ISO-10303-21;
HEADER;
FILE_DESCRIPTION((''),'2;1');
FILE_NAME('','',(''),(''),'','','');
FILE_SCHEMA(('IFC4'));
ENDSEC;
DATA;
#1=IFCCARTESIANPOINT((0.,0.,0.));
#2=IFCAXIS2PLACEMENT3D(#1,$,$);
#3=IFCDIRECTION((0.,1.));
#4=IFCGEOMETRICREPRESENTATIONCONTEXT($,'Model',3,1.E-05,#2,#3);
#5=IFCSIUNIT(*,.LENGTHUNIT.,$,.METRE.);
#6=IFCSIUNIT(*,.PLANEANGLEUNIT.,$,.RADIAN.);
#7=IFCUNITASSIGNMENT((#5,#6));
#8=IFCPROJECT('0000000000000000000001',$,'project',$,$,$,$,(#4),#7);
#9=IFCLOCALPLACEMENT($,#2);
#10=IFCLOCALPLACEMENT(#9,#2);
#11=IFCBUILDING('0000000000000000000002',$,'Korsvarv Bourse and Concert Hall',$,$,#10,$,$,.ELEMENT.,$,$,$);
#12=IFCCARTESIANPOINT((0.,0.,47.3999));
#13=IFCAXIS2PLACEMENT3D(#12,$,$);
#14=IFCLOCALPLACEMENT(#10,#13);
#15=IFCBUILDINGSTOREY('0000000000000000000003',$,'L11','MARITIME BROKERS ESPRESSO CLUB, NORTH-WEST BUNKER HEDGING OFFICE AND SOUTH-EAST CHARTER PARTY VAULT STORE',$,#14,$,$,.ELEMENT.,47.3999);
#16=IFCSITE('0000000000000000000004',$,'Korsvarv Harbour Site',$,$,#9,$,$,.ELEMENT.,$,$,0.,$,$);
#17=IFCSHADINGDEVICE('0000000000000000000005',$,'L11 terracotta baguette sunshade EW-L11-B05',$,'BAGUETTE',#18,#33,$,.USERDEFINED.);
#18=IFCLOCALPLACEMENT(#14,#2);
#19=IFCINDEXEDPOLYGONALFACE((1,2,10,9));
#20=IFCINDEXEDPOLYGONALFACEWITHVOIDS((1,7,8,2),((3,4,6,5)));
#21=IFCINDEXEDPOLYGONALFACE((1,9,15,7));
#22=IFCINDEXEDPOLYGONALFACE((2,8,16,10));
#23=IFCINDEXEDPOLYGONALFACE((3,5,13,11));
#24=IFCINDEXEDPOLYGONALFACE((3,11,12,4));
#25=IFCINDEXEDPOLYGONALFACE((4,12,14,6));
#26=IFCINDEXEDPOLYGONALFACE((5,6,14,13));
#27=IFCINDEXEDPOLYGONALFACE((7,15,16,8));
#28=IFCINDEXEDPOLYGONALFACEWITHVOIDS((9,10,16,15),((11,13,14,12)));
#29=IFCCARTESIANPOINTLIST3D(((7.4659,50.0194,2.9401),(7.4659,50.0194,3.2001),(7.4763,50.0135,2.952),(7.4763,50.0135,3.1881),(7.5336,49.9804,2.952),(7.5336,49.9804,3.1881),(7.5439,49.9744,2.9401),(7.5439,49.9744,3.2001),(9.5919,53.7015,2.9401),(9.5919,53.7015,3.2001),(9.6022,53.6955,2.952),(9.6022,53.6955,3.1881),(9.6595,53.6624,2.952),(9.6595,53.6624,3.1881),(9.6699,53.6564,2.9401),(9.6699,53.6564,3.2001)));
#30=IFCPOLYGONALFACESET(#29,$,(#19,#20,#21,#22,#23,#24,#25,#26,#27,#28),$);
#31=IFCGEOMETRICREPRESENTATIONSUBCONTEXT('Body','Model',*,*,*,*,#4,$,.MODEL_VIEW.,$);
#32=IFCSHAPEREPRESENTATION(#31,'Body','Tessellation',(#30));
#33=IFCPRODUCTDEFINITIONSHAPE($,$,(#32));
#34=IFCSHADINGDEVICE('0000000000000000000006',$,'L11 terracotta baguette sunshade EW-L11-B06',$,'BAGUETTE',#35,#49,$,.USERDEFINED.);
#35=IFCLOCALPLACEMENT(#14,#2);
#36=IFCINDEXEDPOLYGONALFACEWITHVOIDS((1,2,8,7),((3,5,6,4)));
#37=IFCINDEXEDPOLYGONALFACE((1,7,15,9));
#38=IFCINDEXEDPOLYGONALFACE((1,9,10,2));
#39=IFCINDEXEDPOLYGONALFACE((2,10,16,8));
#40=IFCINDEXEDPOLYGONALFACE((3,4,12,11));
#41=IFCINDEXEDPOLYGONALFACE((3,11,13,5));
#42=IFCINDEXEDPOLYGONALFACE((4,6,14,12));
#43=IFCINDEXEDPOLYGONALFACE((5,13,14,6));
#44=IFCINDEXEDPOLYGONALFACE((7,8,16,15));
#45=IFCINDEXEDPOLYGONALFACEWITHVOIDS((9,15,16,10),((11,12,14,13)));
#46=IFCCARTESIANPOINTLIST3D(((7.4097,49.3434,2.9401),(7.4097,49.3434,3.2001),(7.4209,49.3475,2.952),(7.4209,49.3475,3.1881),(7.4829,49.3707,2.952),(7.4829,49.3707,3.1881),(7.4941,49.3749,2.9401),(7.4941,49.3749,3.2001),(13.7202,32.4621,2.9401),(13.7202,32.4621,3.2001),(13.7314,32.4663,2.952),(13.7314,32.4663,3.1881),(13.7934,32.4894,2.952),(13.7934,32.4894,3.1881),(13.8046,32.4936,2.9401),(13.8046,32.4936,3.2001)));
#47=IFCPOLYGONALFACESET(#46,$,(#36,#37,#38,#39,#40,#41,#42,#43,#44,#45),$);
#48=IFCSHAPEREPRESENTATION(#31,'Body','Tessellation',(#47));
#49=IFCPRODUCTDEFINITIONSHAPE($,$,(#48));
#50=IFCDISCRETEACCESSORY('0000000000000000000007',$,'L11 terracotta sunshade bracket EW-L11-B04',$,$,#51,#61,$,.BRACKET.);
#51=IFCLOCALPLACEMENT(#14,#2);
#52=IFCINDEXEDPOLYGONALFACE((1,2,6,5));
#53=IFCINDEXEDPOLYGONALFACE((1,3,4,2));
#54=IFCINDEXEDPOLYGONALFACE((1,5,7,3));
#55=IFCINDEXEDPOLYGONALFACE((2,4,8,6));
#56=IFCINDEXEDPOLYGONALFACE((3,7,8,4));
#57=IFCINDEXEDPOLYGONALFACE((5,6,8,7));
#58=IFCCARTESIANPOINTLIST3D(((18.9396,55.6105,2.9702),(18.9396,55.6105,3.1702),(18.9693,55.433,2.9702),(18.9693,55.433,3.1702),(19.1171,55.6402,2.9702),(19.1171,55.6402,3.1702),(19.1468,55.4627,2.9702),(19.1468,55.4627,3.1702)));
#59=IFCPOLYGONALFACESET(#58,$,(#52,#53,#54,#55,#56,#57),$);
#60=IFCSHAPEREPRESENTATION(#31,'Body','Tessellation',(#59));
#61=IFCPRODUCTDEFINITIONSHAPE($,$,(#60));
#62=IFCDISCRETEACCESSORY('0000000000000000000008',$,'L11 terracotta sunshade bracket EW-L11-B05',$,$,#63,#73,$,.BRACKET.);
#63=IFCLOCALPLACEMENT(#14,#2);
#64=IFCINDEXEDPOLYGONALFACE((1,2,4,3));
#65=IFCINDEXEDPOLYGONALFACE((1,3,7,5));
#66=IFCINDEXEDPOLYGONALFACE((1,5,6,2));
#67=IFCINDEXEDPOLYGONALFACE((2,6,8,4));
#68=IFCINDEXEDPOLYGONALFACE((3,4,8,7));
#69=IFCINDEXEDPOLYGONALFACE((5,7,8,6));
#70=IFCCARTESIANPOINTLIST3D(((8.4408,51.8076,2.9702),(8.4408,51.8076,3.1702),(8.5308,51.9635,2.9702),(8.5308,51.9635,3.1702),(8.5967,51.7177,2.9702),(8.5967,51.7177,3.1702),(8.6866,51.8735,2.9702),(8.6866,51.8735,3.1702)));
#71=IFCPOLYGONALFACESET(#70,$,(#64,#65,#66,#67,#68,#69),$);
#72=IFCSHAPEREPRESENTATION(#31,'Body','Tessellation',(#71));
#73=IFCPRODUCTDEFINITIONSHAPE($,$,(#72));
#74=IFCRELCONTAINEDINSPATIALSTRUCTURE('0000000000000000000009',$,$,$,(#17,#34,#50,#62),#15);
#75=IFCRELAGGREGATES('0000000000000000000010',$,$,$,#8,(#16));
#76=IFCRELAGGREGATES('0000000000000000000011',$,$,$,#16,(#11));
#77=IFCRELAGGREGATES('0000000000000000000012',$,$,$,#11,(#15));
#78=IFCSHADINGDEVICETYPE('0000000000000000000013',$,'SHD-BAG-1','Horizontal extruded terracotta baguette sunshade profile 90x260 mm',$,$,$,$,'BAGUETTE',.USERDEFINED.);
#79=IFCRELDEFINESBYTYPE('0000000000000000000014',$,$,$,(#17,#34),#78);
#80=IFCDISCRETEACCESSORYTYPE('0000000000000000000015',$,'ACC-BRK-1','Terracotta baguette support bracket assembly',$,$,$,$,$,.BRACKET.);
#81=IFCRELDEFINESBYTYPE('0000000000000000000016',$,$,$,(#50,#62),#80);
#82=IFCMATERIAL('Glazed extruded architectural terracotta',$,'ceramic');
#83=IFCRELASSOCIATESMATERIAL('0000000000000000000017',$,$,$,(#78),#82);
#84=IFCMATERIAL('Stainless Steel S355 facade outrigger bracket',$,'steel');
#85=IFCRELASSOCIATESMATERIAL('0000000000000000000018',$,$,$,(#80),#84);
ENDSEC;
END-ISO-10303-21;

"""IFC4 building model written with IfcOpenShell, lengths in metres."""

from ifc_helpers import new_model, si_unit, direction, frame, origin, origin_2d, place, context, subcontext, project, spatial, rectangle, hollow_rectangle, extrude, source, transform, mapped, material, material_profile, profile_set, type_object, element, save


model = new_model("IFC4")

# Units and contexts
model_context = context("Model", 3, precision=1e-05, world=origin(), true_north=direction((0.0, 1.0)))
body_context = subcontext(model_context, "Body", "Model", "MODEL_VIEW")
ifc_project = project(units=[si_unit("LENGTHUNIT", "METRE"), si_unit("PLANEANGLEUNIT", "RADIAN")], contexts=[model_context])

# Site, building, storey
site_placement = place(None, origin())
site = spatial("IfcSite", under=ifc_project, at=site_placement, Name="Korsvarv Harbour Site", CompositionType="ELEMENT", RefElevation=0.0)
building_placement = place(site_placement, origin())
building = spatial("IfcBuilding", under=site, at=building_placement, Name="Korsvarv Bourse and Concert Hall", CompositionType="ELEMENT")
storey_placement = place(building_placement, frame((0.0, 0.0, 47.3999)))
storey = spatial("IfcBuildingStorey", under=building, at=storey_placement, Name="L11", Description="MARITIME BROKERS ESPRESSO CLUB, NORTH-WEST BUNKER HEDGING OFFICE AND SOUTH-EAST CHARTER PARTY VAULT STORE", CompositionType="ELEMENT", Elevation=47.3999)

# Shading devices
ifc_material_1 = material(Name="Glazed extruded architectural terracotta", Category="ceramic")
ifc_material_profile_1 = material_profile(ifc_material_1, hollow_rectangle(XDim=0.0901, YDim=0.26, WallThickness=0.012, at=origin_2d()), Name="TC-BAG 90x260")
ifc_profile_set_1 = profile_set([ifc_material_profile_1], Name="Glazed extruded architectural terracotta")
shading_device_type = type_object("IfcShadingDeviceType", Name="SHD-BAG-1", Description="Horizontal extruded terracotta baguette sunshade profile 90x260 mm", ElementType="BAGUETTE", PredefinedType="USERDEFINED", material=ifc_profile_set_1)
shared_shape_1 = source(origin(), body_context, "Body", "SweptSolid", [
    extrude(hollow_rectangle(XDim=0.0901, YDim=0.26, WallThickness=0.012, at=origin_2d()), origin(), (0.0, 0.0, 1.0), 4.2517),
])
shading_device_1_placement = place(storey_placement, frame((9.6309, 53.679, 3.0701), z_axis=(-0.500017, -0.866015, 0.0), x_axis=(0.866015, -0.500017, 0.0)))
element("IfcShadingDevice", 1, at=shading_device_1_placement, inside=storey, type_object=shading_device_type, Name="L11 terracotta baguette sunshade EW-L11-B05", ObjectType="BAGUETTE", PredefinedType="USERDEFINED", context=body_context, shape_type="MappedRepresentation", body=[
    mapped(shared_shape_1, transform((0.0, 0.0, 0.0), scale=1.0)),
])
shared_shape_2 = source(origin(), body_context, "Body", "SweptSolid", [
    extrude(hollow_rectangle(XDim=0.0901, YDim=0.26, WallThickness=0.012, at=origin_2d()), origin(), (0.0, 0.0, 1.0), 18.0222),
])
shading_device_2_placement = place(storey_placement, frame((7.4519, 49.3591, 3.0701), z_axis=(0.350152, -0.936693, 0.0), x_axis=(0.936693, 0.350152, 0.0)))
element("IfcShadingDevice", 2, at=shading_device_2_placement, inside=storey, type_object=shading_device_type, Name="L11 terracotta baguette sunshade EW-L11-B06", ObjectType="BAGUETTE", PredefinedType="USERDEFINED", context=body_context, shape_type="MappedRepresentation", body=[
    mapped(shared_shape_2, transform((0.0, 0.0, 0.0), scale=1.0)),
])

# Discrete accessories
ifc_material_2 = material(Name="Stainless Steel S355 facade outrigger bracket", Category="steel")
discrete_accessory_type = type_object("IfcDiscreteAccessoryType", Name="ACC-BRK-1", Description="Terracotta baguette support bracket assembly", PredefinedType="BRACKET", material=ifc_material_2)
shared_shape_3 = source(origin(), body_context, "Body", "SweptSolid", [
    extrude(rectangle(XDim=0.1799, YDim=0.1799, at=origin_2d()), origin(), (0.0, 0.0, 1.0), 0.2),
])
for number, where, z_axis, x_axis, name in (
    (3, (19.0432, 55.5366, 2.9702), (0.0, 0.0, 1.0), (-0.986286, -0.165048, 0.0), "L11 terracotta sunshade bracket EW-L11-B04"),
    (4, (8.5637, 51.8406, 2.9702), (0.0, 0.0, 1.0), (-0.5, -0.866025, 0.0), "L11 terracotta sunshade bracket EW-L11-B05"),
):
    element("IfcDiscreteAccessory", number, at=place(storey_placement, frame(where, z_axis=z_axis, x_axis=x_axis)), inside=storey, type_object=discrete_accessory_type, Name=name, PredefinedType="BRACKET", context=body_context, shape_type="MappedRepresentation", body=[
        mapped(shared_shape_3, transform((0.0, 0.0, 0.0), scale=1.0)),
    ])

save(model, "model.ifc")
